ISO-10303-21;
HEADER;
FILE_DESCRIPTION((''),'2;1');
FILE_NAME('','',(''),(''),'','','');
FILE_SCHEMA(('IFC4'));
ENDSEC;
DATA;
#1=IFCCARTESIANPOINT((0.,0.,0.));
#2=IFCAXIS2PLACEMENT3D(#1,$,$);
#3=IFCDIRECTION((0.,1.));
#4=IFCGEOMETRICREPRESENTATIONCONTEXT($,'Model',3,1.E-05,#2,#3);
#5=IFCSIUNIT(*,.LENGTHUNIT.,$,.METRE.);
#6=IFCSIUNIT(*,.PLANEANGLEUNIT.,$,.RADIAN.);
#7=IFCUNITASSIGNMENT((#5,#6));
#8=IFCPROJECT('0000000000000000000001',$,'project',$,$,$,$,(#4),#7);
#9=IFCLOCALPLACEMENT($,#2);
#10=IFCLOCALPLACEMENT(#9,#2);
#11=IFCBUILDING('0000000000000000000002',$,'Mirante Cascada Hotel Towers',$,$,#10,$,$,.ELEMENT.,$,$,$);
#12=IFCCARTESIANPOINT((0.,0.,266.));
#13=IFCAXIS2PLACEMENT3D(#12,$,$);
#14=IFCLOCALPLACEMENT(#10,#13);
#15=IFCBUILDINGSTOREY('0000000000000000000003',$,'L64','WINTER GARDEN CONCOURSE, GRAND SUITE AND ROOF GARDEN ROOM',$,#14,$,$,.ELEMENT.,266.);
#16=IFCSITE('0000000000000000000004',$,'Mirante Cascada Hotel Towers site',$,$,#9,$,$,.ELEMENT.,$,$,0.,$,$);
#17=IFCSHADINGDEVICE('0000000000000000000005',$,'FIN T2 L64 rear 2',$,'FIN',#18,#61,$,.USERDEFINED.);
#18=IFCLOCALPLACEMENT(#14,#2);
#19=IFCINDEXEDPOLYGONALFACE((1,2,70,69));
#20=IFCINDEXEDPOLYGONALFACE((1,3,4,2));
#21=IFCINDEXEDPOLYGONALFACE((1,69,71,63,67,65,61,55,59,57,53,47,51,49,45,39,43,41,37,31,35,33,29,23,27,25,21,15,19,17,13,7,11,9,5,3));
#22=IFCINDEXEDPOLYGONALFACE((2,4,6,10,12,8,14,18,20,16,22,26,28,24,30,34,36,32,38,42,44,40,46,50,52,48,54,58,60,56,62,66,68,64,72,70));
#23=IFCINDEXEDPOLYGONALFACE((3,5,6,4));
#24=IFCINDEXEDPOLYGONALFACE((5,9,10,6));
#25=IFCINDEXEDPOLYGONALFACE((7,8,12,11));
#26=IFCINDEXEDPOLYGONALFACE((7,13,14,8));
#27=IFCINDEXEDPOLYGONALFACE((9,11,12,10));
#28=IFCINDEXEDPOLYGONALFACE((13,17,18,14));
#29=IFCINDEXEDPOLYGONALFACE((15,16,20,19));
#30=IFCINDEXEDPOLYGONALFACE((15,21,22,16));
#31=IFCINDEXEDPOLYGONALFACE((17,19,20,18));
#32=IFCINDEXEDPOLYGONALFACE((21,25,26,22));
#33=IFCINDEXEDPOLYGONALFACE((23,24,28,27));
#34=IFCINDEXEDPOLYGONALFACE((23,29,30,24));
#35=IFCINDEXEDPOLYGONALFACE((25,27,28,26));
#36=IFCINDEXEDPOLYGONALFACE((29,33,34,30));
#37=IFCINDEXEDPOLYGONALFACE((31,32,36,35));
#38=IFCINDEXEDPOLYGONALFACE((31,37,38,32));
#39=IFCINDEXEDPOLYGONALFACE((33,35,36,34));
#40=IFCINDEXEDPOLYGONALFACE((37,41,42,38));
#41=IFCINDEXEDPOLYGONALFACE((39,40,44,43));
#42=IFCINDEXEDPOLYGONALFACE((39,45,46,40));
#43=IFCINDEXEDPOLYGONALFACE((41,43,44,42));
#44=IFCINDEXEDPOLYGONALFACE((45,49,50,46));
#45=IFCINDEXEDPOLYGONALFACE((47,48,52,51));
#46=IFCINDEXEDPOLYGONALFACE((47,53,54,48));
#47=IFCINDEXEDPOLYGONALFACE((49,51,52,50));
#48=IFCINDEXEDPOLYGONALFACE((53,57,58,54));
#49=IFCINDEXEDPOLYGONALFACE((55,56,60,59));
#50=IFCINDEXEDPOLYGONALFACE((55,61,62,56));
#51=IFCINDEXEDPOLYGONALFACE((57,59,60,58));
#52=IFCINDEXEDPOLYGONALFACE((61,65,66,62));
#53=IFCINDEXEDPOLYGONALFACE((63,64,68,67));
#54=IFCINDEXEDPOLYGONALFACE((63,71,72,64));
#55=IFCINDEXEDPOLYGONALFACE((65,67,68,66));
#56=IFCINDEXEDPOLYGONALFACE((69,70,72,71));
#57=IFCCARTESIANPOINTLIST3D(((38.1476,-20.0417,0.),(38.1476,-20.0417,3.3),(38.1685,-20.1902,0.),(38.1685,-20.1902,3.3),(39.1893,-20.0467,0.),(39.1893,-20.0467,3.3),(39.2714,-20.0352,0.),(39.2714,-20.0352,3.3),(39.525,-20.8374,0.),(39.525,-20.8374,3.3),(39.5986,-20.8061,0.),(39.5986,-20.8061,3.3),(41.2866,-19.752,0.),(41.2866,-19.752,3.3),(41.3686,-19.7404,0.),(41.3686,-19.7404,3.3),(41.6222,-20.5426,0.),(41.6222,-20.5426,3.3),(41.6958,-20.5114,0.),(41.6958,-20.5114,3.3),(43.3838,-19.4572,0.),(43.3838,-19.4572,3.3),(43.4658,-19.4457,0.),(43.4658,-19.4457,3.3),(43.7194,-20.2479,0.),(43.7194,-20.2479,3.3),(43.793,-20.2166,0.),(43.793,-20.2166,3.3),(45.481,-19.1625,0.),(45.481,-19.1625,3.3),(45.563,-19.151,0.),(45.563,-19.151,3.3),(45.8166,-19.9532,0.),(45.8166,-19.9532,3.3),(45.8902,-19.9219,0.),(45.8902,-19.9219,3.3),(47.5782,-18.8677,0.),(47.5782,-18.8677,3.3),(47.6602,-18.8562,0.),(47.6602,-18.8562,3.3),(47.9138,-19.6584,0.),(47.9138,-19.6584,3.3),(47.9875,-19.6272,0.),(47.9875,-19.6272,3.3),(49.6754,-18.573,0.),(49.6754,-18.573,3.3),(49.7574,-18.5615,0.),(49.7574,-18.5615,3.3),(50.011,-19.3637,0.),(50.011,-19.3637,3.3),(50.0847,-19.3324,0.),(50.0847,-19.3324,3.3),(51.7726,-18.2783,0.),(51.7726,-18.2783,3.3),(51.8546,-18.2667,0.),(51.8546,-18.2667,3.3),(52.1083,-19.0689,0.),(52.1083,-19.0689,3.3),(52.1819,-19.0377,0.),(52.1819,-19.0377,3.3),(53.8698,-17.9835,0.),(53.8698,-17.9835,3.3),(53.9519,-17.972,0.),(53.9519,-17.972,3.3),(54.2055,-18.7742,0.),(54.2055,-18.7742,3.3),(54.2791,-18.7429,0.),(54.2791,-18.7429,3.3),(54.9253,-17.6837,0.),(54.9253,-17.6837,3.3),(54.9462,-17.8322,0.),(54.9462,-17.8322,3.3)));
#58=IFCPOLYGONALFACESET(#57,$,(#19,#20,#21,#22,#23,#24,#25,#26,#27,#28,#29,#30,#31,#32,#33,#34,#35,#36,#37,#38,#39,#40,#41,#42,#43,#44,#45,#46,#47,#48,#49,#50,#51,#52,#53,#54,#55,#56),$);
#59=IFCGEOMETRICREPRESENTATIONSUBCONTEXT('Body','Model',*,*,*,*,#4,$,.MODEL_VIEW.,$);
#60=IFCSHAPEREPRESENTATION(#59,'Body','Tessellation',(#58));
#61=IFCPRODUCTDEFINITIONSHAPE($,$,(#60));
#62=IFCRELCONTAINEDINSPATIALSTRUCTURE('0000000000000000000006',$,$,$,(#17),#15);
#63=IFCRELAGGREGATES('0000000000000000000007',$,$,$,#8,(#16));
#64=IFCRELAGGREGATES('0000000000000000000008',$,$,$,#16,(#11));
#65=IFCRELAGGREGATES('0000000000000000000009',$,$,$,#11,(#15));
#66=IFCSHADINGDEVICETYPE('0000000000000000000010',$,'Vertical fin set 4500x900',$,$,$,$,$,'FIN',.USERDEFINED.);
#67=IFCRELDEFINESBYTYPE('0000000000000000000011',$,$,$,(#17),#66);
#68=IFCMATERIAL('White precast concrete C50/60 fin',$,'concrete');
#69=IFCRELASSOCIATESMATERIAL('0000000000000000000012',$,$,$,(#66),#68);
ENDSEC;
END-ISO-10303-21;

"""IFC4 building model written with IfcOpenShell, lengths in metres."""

from ifc_helpers import new_model, si_unit, direction, frame, origin, place, context, subcontext, project, spatial, polyline, outline, extrude, material, type_object, element, save


model = new_model("IFC4")

# Units and contexts
model_context = context("Model", 3, precision=1e-05, world=origin(), true_north=direction((0.0, 1.0)))
body_context = subcontext(model_context, "Body", "Model", "MODEL_VIEW")
ifc_project = project(units=[si_unit("LENGTHUNIT", "METRE"), si_unit("PLANEANGLEUNIT", "RADIAN")], contexts=[model_context])

# Site, building, storey
site_placement = place(None, origin())
site = spatial("IfcSite", under=ifc_project, at=site_placement, Name="Mirante Cascada Hotel Towers site", CompositionType="ELEMENT", RefElevation=0.0)
building_placement = place(site_placement, origin())
building = spatial("IfcBuilding", under=site, at=building_placement, Name="Mirante Cascada Hotel Towers", CompositionType="ELEMENT")
storey_placement = place(building_placement, frame((0.0, 0.0, 266.0)))
storey = spatial("IfcBuildingStorey", under=building, at=storey_placement, Name="L64", Description="WINTER GARDEN CONCOURSE, GRAND SUITE AND ROOF GARDEN ROOM", CompositionType="ELEMENT", Elevation=266.0)

# Shading device
ifc_material_1 = material(Name="White precast concrete C50/60 fin", Category="concrete")
shading_device_type = type_object("IfcShadingDeviceType", Name="Vertical fin set 4500x900", ElementType="FIN", PredefinedType="USERDEFINED", material=ifc_material_1)
shading_device_1_placement = place(storey_placement, origin())
element("IfcShadingDevice", 1, at=shading_device_1_placement, inside=storey, type_object=shading_device_type, Name="FIN T2 L64 rear 2", ObjectType="FIN", PredefinedType="USERDEFINED", context=body_context, shape_type="SweptSolid", body=[
    extrude(outline(polyline([(39.525, -20.8374), (39.1893, -20.0467), (38.1685, -20.1902), (38.1476, -20.0417), (54.9253, -17.6837), (54.9462, -17.8322), (53.9519, -17.972), (54.2791, -18.7429), (54.2055, -18.7742), (53.8698, -17.9835), (51.8546, -18.2667), (52.1819, -19.0377), (52.1083, -19.0689), (51.7726, -18.2783), (49.7574, -18.5615), (50.0847, -19.3324), (50.011, -19.3637), (49.6754, -18.573), (47.6602, -18.8562), (47.9875, -19.6272), (47.9138, -19.6584), (47.5782, -18.8677), (45.563, -19.151), (45.8902, -19.9219), (45.8166, -19.9532), (45.481, -19.1625), (43.4658, -19.4457), (43.793, -20.2166), (43.7194, -20.2479), (43.3838, -19.4572), (41.3686, -19.7404), (41.6958, -20.5114), (41.6222, -20.5426), (41.2866, -19.752), (39.2714, -20.0352), (39.5986, -20.8061), (39.525, -20.8374)])), origin(), (0.0, 0.0, 1.0), 3.3),
])

save(model, "model.ifc")
